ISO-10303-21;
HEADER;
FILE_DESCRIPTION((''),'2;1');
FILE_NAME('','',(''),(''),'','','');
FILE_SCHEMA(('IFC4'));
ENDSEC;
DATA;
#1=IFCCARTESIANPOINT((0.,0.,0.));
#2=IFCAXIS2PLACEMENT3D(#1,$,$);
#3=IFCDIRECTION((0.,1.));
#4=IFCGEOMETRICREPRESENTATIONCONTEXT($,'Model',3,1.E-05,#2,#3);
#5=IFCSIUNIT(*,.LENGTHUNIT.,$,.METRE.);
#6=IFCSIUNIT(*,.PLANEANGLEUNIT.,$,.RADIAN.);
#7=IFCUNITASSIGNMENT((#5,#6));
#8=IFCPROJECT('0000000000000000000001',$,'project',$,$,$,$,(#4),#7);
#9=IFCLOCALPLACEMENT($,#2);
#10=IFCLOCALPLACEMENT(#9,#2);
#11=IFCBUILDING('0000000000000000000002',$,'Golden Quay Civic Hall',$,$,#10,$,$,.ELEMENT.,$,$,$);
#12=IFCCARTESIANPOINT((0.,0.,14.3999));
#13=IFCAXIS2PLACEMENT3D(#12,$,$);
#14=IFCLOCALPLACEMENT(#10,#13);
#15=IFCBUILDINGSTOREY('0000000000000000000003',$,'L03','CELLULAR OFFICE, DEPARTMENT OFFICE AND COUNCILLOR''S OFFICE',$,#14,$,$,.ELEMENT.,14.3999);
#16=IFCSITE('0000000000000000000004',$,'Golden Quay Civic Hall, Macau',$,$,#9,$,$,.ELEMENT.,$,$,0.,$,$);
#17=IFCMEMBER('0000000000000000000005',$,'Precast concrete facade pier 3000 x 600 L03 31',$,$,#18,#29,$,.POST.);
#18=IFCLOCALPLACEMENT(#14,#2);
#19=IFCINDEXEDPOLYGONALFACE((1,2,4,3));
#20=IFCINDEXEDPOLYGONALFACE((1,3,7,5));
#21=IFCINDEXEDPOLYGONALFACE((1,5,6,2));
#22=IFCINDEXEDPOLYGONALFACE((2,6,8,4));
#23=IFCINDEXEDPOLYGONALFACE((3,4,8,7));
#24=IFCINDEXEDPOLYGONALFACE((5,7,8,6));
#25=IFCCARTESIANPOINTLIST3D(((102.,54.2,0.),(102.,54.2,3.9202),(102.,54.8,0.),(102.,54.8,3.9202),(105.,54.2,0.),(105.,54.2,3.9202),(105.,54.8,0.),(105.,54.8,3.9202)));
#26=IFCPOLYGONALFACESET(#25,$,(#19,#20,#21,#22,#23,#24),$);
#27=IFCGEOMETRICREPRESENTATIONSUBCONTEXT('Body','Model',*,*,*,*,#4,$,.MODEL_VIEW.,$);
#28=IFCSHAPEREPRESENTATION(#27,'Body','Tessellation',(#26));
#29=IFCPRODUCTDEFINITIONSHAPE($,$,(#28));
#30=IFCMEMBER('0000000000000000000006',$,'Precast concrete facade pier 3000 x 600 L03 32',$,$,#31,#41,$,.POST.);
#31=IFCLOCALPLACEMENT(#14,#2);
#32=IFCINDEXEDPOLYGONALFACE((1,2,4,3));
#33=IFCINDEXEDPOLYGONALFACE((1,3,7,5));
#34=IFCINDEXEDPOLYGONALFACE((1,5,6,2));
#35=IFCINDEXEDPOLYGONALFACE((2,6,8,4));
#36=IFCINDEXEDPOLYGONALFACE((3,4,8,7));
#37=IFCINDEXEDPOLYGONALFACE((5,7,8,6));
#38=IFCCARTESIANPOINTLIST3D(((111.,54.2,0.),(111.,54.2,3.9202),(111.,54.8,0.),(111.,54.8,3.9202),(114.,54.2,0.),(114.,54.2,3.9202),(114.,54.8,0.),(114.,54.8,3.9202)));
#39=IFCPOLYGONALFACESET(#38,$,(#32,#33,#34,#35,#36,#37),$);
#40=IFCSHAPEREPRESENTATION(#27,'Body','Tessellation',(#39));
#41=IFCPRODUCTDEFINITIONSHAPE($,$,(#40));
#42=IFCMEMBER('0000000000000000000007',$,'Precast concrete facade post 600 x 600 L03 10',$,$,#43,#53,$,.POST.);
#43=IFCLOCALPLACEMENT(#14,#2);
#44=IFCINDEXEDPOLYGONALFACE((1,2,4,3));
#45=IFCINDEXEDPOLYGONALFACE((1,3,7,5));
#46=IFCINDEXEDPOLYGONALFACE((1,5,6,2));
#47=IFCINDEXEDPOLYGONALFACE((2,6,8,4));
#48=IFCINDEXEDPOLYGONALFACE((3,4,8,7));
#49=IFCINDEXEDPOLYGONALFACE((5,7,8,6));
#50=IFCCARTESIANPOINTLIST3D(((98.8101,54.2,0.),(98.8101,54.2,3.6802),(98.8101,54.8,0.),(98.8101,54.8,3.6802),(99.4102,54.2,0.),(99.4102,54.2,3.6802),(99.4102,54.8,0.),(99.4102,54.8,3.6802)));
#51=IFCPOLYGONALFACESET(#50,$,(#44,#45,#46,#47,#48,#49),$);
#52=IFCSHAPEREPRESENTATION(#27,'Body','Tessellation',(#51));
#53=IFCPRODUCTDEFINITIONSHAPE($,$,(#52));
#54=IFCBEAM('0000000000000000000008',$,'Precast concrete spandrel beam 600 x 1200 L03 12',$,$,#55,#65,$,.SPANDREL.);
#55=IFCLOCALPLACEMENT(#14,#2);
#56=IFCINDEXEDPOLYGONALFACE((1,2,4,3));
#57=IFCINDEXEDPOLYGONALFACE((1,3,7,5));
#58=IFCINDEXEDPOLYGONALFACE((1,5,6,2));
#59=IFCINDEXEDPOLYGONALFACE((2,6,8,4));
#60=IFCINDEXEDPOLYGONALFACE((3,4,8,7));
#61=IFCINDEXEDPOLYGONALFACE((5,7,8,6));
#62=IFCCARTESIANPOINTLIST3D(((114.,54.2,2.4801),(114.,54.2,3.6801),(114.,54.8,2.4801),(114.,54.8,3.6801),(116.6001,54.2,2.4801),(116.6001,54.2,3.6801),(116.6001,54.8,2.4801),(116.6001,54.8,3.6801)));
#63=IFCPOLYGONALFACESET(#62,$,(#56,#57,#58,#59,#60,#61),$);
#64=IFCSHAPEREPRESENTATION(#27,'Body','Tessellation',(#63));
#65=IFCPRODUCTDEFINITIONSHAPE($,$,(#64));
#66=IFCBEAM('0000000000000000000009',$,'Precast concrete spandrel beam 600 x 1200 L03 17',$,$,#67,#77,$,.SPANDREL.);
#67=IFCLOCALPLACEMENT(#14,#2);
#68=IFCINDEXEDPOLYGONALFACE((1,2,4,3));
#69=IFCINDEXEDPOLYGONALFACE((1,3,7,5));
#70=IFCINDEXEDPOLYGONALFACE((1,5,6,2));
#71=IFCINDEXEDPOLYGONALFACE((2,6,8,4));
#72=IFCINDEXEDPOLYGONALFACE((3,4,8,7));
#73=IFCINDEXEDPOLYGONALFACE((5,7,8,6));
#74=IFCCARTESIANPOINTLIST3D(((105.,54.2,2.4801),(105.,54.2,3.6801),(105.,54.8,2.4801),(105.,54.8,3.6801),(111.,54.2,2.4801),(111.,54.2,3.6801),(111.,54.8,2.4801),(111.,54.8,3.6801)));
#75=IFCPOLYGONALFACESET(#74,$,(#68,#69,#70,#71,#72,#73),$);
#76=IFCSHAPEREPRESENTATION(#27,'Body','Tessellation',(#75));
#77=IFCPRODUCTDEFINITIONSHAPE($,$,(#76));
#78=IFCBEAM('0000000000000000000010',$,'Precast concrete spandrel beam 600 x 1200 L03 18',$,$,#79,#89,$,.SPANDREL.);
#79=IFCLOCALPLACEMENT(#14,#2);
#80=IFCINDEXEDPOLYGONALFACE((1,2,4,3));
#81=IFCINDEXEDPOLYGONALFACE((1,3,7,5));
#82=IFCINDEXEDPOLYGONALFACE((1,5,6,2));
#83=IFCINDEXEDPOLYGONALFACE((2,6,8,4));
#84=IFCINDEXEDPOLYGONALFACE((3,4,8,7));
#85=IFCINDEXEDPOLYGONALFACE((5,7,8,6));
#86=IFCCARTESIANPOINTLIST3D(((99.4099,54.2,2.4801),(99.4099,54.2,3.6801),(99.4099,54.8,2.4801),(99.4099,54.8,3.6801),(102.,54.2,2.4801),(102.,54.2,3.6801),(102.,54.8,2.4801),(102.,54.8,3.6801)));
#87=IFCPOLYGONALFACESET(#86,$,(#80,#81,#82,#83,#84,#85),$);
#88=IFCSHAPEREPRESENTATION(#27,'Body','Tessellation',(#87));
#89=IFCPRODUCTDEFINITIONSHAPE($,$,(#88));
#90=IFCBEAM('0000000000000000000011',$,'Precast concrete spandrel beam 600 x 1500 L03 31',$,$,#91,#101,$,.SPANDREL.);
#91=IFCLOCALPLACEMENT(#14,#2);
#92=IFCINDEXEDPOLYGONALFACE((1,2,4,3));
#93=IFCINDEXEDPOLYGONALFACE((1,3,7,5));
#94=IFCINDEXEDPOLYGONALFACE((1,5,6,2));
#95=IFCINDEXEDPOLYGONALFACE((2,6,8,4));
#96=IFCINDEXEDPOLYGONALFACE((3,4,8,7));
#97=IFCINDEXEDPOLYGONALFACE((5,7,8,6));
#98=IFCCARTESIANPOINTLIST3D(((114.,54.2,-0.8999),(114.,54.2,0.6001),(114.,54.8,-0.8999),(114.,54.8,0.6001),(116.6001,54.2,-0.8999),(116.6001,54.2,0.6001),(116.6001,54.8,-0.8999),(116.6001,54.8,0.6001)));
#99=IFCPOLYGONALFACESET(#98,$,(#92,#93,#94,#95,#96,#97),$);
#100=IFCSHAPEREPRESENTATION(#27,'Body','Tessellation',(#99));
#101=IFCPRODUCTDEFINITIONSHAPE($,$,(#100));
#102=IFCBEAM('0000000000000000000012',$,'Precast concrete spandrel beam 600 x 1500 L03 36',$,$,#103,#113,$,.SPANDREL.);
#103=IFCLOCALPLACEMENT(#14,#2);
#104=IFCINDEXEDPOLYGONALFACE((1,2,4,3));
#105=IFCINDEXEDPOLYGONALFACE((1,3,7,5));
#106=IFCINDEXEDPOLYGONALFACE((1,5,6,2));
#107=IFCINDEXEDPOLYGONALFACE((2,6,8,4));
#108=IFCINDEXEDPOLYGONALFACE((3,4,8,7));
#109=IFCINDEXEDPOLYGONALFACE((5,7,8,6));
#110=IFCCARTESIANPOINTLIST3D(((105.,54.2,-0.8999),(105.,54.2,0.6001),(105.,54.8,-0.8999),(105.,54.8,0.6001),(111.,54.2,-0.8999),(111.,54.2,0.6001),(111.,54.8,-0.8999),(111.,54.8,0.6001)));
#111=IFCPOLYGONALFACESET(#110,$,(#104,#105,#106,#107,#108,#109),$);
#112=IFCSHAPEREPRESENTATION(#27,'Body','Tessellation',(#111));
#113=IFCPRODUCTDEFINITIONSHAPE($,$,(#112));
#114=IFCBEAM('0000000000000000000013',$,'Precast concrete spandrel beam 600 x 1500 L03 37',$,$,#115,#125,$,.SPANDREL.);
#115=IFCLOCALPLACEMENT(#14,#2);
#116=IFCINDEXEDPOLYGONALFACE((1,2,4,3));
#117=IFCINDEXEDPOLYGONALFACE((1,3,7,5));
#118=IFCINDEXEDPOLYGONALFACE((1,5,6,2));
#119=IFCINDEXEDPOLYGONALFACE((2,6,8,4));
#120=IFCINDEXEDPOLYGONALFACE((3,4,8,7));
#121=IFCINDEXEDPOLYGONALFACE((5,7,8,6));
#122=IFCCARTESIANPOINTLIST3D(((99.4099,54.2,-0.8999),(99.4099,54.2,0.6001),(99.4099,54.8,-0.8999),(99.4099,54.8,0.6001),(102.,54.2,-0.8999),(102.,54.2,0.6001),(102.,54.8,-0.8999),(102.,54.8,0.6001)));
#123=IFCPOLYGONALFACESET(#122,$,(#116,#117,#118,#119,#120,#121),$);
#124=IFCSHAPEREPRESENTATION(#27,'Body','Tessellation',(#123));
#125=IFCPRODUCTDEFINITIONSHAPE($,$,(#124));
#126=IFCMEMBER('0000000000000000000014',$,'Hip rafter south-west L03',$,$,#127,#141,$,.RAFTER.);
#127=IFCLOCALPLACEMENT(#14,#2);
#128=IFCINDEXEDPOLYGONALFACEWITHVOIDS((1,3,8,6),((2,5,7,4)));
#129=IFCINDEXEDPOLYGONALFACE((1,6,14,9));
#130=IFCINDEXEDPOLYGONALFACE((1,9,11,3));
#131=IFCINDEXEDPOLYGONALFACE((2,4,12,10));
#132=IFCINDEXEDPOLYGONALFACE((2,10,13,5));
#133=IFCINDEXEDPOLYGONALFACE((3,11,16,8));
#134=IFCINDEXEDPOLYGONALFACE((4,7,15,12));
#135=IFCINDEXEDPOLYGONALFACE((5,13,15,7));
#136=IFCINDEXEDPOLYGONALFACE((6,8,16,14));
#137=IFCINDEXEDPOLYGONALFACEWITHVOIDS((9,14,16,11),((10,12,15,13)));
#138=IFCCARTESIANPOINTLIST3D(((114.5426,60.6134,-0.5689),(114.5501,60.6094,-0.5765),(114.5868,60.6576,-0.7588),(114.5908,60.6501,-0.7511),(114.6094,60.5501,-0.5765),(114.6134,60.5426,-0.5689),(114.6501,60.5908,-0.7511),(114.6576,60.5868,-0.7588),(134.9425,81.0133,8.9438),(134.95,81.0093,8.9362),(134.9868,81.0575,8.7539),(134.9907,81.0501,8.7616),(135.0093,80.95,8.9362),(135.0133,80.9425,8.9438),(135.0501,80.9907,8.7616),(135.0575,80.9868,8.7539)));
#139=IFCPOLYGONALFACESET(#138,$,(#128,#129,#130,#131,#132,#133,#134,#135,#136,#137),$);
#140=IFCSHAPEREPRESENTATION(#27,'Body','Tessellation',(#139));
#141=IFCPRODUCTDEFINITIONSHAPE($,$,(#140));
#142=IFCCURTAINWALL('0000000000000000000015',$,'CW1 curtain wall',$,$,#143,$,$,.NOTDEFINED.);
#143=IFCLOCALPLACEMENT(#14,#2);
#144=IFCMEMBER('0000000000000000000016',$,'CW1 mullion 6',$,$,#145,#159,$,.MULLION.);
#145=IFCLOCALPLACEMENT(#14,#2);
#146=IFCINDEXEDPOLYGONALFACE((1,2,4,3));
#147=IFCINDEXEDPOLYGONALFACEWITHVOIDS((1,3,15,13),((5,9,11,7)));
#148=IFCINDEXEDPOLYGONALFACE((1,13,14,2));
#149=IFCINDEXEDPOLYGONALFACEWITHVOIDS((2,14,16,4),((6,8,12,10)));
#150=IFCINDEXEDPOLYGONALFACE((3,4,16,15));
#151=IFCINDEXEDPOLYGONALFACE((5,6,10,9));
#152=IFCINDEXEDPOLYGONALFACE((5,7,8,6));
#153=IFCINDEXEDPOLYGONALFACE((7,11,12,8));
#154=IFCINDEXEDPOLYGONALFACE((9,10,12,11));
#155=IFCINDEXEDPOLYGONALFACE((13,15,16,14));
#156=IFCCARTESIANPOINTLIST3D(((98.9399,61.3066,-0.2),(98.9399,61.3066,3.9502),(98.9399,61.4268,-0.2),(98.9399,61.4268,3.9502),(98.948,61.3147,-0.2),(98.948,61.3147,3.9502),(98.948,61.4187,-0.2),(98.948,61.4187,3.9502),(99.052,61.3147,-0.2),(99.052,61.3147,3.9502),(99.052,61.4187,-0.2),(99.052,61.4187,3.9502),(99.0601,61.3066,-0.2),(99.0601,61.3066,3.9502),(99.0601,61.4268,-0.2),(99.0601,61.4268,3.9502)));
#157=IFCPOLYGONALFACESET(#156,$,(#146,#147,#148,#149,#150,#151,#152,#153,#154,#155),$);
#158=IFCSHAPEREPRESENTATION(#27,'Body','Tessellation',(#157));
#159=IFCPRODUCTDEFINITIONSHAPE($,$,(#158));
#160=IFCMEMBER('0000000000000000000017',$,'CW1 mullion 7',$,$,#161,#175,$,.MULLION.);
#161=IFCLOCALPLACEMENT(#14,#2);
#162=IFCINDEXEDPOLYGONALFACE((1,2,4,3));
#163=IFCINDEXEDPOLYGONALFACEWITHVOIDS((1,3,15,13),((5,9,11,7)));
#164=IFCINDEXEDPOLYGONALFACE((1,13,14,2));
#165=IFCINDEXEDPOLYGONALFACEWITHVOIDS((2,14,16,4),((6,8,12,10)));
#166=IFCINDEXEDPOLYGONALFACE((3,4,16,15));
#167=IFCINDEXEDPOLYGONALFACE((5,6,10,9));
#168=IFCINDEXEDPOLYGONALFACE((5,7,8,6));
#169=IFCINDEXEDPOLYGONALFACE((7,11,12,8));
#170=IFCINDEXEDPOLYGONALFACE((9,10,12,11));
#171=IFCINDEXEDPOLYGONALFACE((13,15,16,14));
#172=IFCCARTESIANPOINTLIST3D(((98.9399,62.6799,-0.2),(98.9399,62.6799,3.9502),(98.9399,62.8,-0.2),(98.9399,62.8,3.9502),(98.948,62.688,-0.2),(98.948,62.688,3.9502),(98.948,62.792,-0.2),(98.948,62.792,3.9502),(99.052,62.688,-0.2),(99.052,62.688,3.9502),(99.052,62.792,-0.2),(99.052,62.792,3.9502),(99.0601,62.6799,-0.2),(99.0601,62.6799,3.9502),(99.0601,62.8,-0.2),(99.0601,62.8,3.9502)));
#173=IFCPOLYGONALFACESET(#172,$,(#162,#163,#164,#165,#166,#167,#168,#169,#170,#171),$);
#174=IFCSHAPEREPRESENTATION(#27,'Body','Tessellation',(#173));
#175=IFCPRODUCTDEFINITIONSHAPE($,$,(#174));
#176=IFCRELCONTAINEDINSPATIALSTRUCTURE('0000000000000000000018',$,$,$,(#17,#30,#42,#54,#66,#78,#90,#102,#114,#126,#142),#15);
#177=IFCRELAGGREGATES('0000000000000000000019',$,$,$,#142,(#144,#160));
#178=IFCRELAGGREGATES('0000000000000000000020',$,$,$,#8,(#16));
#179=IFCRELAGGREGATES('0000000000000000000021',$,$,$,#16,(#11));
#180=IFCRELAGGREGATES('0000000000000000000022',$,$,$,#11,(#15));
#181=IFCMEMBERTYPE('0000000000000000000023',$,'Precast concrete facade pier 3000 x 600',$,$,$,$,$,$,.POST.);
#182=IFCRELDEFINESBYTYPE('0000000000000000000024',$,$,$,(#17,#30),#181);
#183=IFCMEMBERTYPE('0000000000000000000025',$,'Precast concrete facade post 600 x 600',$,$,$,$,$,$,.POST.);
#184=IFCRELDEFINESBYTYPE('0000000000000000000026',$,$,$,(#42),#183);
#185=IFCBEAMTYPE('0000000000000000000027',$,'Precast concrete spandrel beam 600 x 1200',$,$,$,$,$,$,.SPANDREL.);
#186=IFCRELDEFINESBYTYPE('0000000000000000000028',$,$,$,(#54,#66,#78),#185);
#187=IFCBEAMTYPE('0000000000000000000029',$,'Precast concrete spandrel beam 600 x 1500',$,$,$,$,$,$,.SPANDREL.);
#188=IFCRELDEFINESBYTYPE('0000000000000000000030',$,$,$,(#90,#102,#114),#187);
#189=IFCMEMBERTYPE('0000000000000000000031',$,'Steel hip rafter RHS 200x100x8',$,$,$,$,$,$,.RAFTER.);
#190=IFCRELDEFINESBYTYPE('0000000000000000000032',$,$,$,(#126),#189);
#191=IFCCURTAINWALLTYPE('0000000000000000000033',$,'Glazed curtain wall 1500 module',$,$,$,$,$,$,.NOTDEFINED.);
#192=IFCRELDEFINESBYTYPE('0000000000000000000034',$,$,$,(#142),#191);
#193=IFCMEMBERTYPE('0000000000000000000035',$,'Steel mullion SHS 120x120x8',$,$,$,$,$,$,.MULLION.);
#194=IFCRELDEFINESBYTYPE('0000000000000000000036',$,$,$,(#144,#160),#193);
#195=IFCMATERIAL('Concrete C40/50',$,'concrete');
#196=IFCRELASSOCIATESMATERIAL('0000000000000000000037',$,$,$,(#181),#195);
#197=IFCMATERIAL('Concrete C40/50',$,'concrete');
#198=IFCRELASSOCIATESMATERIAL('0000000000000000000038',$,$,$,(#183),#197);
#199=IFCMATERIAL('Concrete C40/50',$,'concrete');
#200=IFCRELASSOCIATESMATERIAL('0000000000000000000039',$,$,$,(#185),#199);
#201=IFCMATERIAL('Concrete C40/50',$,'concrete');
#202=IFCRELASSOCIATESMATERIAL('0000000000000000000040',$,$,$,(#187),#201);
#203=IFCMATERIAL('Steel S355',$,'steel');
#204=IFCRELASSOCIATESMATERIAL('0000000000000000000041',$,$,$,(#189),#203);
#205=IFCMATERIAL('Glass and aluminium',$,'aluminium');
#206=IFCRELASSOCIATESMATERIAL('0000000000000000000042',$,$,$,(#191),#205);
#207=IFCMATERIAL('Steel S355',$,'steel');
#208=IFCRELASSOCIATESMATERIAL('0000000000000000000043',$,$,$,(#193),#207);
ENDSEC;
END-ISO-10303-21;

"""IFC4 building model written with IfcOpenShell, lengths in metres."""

from ifc_helpers import new_model, si_unit, direction, frame, origin, origin_2d, place, context, subcontext, project, spatial, rectangle, hollow_rectangle, extrude, material, material_profile, profile_set, type_object, element, aggregate, save


model = new_model("IFC4")

# Units and contexts
model_context = context("Model", 3, precision=1e-05, world=origin(), true_north=direction((0.0, 1.0)))
body_context = subcontext(model_context, "Body", "Model", "MODEL_VIEW")
ifc_project = project(units=[si_unit("LENGTHUNIT", "METRE"), si_unit("PLANEANGLEUNIT", "RADIAN")], contexts=[model_context])

# Site, building, storey
site_placement = place(None, origin())
site = spatial("IfcSite", under=ifc_project, at=site_placement, Name="Golden Quay Civic Hall, Macau", CompositionType="ELEMENT", RefElevation=0.0)
building_placement = place(site_placement, origin())
building = spatial("IfcBuilding", under=site, at=building_placement, Name="Golden Quay Civic Hall", CompositionType="ELEMENT")
storey_placement = place(building_placement, frame((0.0, 0.0, 14.3999)))
storey = spatial("IfcBuildingStorey", under=building, at=storey_placement, Name="L03", Description="CELLULAR OFFICE, DEPARTMENT OFFICE AND COUNCILLOR'S OFFICE", CompositionType="ELEMENT", Elevation=14.3999)

# Members
ifc_material_1 = material(Name="Concrete C40/50", Category="concrete")
ifc_material_profile_1 = material_profile(ifc_material_1, rectangle(XDim=3.0, YDim=0.6001, at=origin_2d()), Name="RC 3000x600")
ifc_profile_set_1 = profile_set([ifc_material_profile_1], Name="Concrete C40/50")
member_type_1 = type_object("IfcMemberType", Name="Precast concrete facade pier 3000 x 600", PredefinedType="POST", material=ifc_profile_set_1)
for number, where, z_axis, x_axis, name in (
    (1, (103.5, 54.5, 0.0), (0.0, 0.0, 1.0), (1.0, 0.0, 0.0), "Precast concrete facade pier 3000 x 600 L03 31"),
    (2, (112.5, 54.5, 0.0), (0.0, 0.0, 1.0), (1.0, 0.0, 0.0), "Precast concrete facade pier 3000 x 600 L03 32"),
):
    element("IfcMember", number, at=place(storey_placement, frame(where, z_axis=z_axis, x_axis=x_axis)), inside=storey, type_object=member_type_1, Name=name, PredefinedType="POST", context=body_context, shape_type="SweptSolid", body=[
        extrude(rectangle(XDim=3.0, YDim=0.6001, at=origin_2d()), origin(), (0.0, 0.0, 1.0), 3.9202),
    ])
ifc_material_2 = material(Name="Concrete C40/50", Category="concrete")
ifc_material_profile_2 = material_profile(ifc_material_2, rectangle(XDim=0.6001, YDim=0.6001, at=origin_2d()), Name="RC 600x600")
ifc_profile_set_2 = profile_set([ifc_material_profile_2], Name="Concrete C40/50")
member_type_2 = type_object("IfcMemberType", Name="Precast concrete facade post 600 x 600", PredefinedType="POST", material=ifc_profile_set_2)
member_1_placement = place(storey_placement, frame((99.1101, 54.5, 0.0), z_axis=(0.0, 0.0, 1.0), x_axis=(1.0, 0.0, 0.0)))
element("IfcMember", 3, at=member_1_placement, inside=storey, type_object=member_type_2, Name="Precast concrete facade post 600 x 600 L03 10", PredefinedType="POST", context=body_context, shape_type="SweptSolid", body=[
    extrude(rectangle(XDim=0.6001, YDim=0.6001, at=origin_2d()), origin(), (0.0, 0.0, 1.0), 3.6802),
])

# Beams
ifc_material_3 = material(Name="Concrete C40/50", Category="concrete")
ifc_material_profile_3 = material_profile(ifc_material_3, rectangle(XDim=0.6001, YDim=1.2, at=origin_2d()), Name="RC 600x1200")
ifc_profile_set_3 = profile_set([ifc_material_profile_3], Name="Concrete C40/50")
beam_type_1 = type_object("IfcBeamType", Name="Precast concrete spandrel beam 600 x 1200", PredefinedType="SPANDREL", material=ifc_profile_set_3)
beam_1_placement = place(storey_placement, frame((114.0, 54.5, 3.0801), z_axis=(1.0, 0.0, 0.0), x_axis=(0.0, 1.0, 0.0)))
element("IfcBeam", 4, at=beam_1_placement, inside=storey, type_object=beam_type_1, Name="Precast concrete spandrel beam 600 x 1200 L03 12", PredefinedType="SPANDREL", context=body_context, shape_type="SweptSolid", body=[
    extrude(rectangle(XDim=0.6001, YDim=1.2, at=origin_2d()), origin(), (0.0, 0.0, 1.0), 2.6001),
])
beam_2_placement = place(storey_placement, frame((105.0, 54.5, 3.0801), z_axis=(1.0, 0.0, 0.0), x_axis=(0.0, 1.0, 0.0)))
element("IfcBeam", 5, at=beam_2_placement, inside=storey, type_object=beam_type_1, Name="Precast concrete spandrel beam 600 x 1200 L03 17", PredefinedType="SPANDREL", context=body_context, shape_type="SweptSolid", body=[
    extrude(rectangle(XDim=0.6001, YDim=1.2, at=origin_2d()), origin(), (0.0, 0.0, 1.0), 6.0),
])
beam_3_placement = place(storey_placement, frame((99.4099, 54.5, 3.0801), z_axis=(1.0, 0.0, 0.0), x_axis=(0.0, 1.0, 0.0)))
element("IfcBeam", 6, at=beam_3_placement, inside=storey, type_object=beam_type_1, Name="Precast concrete spandrel beam 600 x 1200 L03 18", PredefinedType="SPANDREL", context=body_context, shape_type="SweptSolid", body=[
    extrude(rectangle(XDim=0.6001, YDim=1.2, at=origin_2d()), origin(), (0.0, 0.0, 1.0), 2.5901),
])
ifc_material_4 = material(Name="Concrete C40/50", Category="concrete")
ifc_material_profile_4 = material_profile(ifc_material_4, rectangle(XDim=0.6001, YDim=1.5, at=origin_2d()), Name="RC 600x1500")
ifc_profile_set_4 = profile_set([ifc_material_profile_4], Name="Concrete C40/50")
beam_type_2 = type_object("IfcBeamType", Name="Precast concrete spandrel beam 600 x 1500", PredefinedType="SPANDREL", material=ifc_profile_set_4)
beam_4_placement = place(storey_placement, frame((114.0, 54.5, -0.1499), z_axis=(1.0, 0.0, 0.0), x_axis=(0.0, 1.0, 0.0)))
element("IfcBeam", 7, at=beam_4_placement, inside=storey, type_object=beam_type_2, Name="Precast concrete spandrel beam 600 x 1500 L03 31", PredefinedType="SPANDREL", context=body_context, shape_type="SweptSolid", body=[
    extrude(rectangle(XDim=0.6001, YDim=1.5, at=origin_2d()), origin(), (0.0, 0.0, 1.0), 2.6001),
])
beam_5_placement = place(storey_placement, frame((105.0, 54.5, -0.1499), z_axis=(1.0, 0.0, 0.0), x_axis=(0.0, 1.0, 0.0)))
element("IfcBeam", 8, at=beam_5_placement, inside=storey, type_object=beam_type_2, Name="Precast concrete spandrel beam 600 x 1500 L03 36", PredefinedType="SPANDREL", context=body_context, shape_type="SweptSolid", body=[
    extrude(rectangle(XDim=0.6001, YDim=1.5, at=origin_2d()), origin(), (0.0, 0.0, 1.0), 6.0),
])
beam_6_placement = place(storey_placement, frame((99.4099, 54.5, -0.1499), z_axis=(1.0, 0.0, 0.0), x_axis=(0.0, 1.0, 0.0)))
element("IfcBeam", 9, at=beam_6_placement, inside=storey, type_object=beam_type_2, Name="Precast concrete spandrel beam 600 x 1500 L03 37", PredefinedType="SPANDREL", context=body_context, shape_type="SweptSolid", body=[
    extrude(rectangle(XDim=0.6001, YDim=1.5, at=origin_2d()), origin(), (0.0, 0.0, 1.0), 2.5901),
])

# Member
ifc_material_5 = material(Name="Steel S355", Category="steel")
ifc_material_profile_5 = material_profile(ifc_material_5, hollow_rectangle(XDim=0.1001, YDim=0.2, WallThickness=0.0081, at=origin_2d()), Name="RHS 200x100x8")
ifc_profile_set_5 = profile_set([ifc_material_profile_5], Name="Steel S355")
member_type_3 = type_object("IfcMemberType", Name="Steel hip rafter RHS 200x100x8", PredefinedType="RAFTER", material=ifc_profile_set_5)
member_2_placement = place(storey_placement, frame((114.6001, 60.6001, -0.6638), z_axis=(0.671542, 0.671542, 0.313148), x_axis=(-0.707107, 0.707107, 0.0)))
element("IfcMember", 10, at=member_2_placement, inside=storey, type_object=member_type_3, Name="Hip rafter south-west L03", PredefinedType="RAFTER", context=body_context, shape_type="SweptSolid", body=[
    extrude(hollow_rectangle(XDim=0.1001, YDim=0.2, WallThickness=0.0081, at=origin_2d()), origin(), (0.0, 0.0, 1.0), 30.3777),
])

# Curtain wall, members
ifc_material_6 = material(Name="Glass and aluminium", Category="aluminium")
curtain_wall_type = type_object("IfcCurtainWallType", Name="Glazed curtain wall 1500 module", PredefinedType="NOTDEFINED", material=ifc_material_6)
curtain_wall_placement = place(storey_placement, origin())
curtain_wall = element("IfcCurtainWall", 11, at=curtain_wall_placement, inside=storey, type_object=curtain_wall_type, Name="CW1 curtain wall", PredefinedType="NOTDEFINED")
ifc_material_7 = material(Name="Steel S355", Category="steel")
ifc_material_profile_6 = material_profile(ifc_material_7, hollow_rectangle(XDim=0.1201, YDim=0.1201, WallThickness=0.0081, at=origin_2d()), Name="SHS 120x120x8")
ifc_profile_set_6 = profile_set([ifc_material_profile_6], Name="Steel S355")
member_type_4 = type_object("IfcMemberType", Name="Steel mullion SHS 120x120x8", PredefinedType="MULLION", material=ifc_profile_set_6)
member_3_placement = place(storey_placement, frame((99.0, 61.3667, -0.2), z_axis=(0.0, 0.0, 1.0), x_axis=(-1.0, 0.0, 0.0)))
member_3 = element("IfcMember", 12, at=member_3_placement, type_object=member_type_4, Name="CW1 mullion 6", PredefinedType="MULLION", context=body_context, shape_type="SweptSolid", body=[
    extrude(hollow_rectangle(XDim=0.1201, YDim=0.1201, WallThickness=0.0081, at=origin_2d()), origin(), (0.0, 0.0, 1.0), 4.1501),
])
member_4_placement = place(storey_placement, frame((99.0, 62.74, -0.2), z_axis=(0.0, 0.0, 1.0), x_axis=(-1.0, 0.0, 0.0)))
member_4 = element("IfcMember", 13, at=member_4_placement, type_object=member_type_4, Name="CW1 mullion 7", PredefinedType="MULLION", context=body_context, shape_type="SweptSolid", body=[
    extrude(hollow_rectangle(XDim=0.1201, YDim=0.1201, WallThickness=0.0081, at=origin_2d()), origin(), (0.0, 0.0, 1.0), 4.1501),
])

aggregate(curtain_wall, [member_3, member_4])

save(model, "model.ifc")
